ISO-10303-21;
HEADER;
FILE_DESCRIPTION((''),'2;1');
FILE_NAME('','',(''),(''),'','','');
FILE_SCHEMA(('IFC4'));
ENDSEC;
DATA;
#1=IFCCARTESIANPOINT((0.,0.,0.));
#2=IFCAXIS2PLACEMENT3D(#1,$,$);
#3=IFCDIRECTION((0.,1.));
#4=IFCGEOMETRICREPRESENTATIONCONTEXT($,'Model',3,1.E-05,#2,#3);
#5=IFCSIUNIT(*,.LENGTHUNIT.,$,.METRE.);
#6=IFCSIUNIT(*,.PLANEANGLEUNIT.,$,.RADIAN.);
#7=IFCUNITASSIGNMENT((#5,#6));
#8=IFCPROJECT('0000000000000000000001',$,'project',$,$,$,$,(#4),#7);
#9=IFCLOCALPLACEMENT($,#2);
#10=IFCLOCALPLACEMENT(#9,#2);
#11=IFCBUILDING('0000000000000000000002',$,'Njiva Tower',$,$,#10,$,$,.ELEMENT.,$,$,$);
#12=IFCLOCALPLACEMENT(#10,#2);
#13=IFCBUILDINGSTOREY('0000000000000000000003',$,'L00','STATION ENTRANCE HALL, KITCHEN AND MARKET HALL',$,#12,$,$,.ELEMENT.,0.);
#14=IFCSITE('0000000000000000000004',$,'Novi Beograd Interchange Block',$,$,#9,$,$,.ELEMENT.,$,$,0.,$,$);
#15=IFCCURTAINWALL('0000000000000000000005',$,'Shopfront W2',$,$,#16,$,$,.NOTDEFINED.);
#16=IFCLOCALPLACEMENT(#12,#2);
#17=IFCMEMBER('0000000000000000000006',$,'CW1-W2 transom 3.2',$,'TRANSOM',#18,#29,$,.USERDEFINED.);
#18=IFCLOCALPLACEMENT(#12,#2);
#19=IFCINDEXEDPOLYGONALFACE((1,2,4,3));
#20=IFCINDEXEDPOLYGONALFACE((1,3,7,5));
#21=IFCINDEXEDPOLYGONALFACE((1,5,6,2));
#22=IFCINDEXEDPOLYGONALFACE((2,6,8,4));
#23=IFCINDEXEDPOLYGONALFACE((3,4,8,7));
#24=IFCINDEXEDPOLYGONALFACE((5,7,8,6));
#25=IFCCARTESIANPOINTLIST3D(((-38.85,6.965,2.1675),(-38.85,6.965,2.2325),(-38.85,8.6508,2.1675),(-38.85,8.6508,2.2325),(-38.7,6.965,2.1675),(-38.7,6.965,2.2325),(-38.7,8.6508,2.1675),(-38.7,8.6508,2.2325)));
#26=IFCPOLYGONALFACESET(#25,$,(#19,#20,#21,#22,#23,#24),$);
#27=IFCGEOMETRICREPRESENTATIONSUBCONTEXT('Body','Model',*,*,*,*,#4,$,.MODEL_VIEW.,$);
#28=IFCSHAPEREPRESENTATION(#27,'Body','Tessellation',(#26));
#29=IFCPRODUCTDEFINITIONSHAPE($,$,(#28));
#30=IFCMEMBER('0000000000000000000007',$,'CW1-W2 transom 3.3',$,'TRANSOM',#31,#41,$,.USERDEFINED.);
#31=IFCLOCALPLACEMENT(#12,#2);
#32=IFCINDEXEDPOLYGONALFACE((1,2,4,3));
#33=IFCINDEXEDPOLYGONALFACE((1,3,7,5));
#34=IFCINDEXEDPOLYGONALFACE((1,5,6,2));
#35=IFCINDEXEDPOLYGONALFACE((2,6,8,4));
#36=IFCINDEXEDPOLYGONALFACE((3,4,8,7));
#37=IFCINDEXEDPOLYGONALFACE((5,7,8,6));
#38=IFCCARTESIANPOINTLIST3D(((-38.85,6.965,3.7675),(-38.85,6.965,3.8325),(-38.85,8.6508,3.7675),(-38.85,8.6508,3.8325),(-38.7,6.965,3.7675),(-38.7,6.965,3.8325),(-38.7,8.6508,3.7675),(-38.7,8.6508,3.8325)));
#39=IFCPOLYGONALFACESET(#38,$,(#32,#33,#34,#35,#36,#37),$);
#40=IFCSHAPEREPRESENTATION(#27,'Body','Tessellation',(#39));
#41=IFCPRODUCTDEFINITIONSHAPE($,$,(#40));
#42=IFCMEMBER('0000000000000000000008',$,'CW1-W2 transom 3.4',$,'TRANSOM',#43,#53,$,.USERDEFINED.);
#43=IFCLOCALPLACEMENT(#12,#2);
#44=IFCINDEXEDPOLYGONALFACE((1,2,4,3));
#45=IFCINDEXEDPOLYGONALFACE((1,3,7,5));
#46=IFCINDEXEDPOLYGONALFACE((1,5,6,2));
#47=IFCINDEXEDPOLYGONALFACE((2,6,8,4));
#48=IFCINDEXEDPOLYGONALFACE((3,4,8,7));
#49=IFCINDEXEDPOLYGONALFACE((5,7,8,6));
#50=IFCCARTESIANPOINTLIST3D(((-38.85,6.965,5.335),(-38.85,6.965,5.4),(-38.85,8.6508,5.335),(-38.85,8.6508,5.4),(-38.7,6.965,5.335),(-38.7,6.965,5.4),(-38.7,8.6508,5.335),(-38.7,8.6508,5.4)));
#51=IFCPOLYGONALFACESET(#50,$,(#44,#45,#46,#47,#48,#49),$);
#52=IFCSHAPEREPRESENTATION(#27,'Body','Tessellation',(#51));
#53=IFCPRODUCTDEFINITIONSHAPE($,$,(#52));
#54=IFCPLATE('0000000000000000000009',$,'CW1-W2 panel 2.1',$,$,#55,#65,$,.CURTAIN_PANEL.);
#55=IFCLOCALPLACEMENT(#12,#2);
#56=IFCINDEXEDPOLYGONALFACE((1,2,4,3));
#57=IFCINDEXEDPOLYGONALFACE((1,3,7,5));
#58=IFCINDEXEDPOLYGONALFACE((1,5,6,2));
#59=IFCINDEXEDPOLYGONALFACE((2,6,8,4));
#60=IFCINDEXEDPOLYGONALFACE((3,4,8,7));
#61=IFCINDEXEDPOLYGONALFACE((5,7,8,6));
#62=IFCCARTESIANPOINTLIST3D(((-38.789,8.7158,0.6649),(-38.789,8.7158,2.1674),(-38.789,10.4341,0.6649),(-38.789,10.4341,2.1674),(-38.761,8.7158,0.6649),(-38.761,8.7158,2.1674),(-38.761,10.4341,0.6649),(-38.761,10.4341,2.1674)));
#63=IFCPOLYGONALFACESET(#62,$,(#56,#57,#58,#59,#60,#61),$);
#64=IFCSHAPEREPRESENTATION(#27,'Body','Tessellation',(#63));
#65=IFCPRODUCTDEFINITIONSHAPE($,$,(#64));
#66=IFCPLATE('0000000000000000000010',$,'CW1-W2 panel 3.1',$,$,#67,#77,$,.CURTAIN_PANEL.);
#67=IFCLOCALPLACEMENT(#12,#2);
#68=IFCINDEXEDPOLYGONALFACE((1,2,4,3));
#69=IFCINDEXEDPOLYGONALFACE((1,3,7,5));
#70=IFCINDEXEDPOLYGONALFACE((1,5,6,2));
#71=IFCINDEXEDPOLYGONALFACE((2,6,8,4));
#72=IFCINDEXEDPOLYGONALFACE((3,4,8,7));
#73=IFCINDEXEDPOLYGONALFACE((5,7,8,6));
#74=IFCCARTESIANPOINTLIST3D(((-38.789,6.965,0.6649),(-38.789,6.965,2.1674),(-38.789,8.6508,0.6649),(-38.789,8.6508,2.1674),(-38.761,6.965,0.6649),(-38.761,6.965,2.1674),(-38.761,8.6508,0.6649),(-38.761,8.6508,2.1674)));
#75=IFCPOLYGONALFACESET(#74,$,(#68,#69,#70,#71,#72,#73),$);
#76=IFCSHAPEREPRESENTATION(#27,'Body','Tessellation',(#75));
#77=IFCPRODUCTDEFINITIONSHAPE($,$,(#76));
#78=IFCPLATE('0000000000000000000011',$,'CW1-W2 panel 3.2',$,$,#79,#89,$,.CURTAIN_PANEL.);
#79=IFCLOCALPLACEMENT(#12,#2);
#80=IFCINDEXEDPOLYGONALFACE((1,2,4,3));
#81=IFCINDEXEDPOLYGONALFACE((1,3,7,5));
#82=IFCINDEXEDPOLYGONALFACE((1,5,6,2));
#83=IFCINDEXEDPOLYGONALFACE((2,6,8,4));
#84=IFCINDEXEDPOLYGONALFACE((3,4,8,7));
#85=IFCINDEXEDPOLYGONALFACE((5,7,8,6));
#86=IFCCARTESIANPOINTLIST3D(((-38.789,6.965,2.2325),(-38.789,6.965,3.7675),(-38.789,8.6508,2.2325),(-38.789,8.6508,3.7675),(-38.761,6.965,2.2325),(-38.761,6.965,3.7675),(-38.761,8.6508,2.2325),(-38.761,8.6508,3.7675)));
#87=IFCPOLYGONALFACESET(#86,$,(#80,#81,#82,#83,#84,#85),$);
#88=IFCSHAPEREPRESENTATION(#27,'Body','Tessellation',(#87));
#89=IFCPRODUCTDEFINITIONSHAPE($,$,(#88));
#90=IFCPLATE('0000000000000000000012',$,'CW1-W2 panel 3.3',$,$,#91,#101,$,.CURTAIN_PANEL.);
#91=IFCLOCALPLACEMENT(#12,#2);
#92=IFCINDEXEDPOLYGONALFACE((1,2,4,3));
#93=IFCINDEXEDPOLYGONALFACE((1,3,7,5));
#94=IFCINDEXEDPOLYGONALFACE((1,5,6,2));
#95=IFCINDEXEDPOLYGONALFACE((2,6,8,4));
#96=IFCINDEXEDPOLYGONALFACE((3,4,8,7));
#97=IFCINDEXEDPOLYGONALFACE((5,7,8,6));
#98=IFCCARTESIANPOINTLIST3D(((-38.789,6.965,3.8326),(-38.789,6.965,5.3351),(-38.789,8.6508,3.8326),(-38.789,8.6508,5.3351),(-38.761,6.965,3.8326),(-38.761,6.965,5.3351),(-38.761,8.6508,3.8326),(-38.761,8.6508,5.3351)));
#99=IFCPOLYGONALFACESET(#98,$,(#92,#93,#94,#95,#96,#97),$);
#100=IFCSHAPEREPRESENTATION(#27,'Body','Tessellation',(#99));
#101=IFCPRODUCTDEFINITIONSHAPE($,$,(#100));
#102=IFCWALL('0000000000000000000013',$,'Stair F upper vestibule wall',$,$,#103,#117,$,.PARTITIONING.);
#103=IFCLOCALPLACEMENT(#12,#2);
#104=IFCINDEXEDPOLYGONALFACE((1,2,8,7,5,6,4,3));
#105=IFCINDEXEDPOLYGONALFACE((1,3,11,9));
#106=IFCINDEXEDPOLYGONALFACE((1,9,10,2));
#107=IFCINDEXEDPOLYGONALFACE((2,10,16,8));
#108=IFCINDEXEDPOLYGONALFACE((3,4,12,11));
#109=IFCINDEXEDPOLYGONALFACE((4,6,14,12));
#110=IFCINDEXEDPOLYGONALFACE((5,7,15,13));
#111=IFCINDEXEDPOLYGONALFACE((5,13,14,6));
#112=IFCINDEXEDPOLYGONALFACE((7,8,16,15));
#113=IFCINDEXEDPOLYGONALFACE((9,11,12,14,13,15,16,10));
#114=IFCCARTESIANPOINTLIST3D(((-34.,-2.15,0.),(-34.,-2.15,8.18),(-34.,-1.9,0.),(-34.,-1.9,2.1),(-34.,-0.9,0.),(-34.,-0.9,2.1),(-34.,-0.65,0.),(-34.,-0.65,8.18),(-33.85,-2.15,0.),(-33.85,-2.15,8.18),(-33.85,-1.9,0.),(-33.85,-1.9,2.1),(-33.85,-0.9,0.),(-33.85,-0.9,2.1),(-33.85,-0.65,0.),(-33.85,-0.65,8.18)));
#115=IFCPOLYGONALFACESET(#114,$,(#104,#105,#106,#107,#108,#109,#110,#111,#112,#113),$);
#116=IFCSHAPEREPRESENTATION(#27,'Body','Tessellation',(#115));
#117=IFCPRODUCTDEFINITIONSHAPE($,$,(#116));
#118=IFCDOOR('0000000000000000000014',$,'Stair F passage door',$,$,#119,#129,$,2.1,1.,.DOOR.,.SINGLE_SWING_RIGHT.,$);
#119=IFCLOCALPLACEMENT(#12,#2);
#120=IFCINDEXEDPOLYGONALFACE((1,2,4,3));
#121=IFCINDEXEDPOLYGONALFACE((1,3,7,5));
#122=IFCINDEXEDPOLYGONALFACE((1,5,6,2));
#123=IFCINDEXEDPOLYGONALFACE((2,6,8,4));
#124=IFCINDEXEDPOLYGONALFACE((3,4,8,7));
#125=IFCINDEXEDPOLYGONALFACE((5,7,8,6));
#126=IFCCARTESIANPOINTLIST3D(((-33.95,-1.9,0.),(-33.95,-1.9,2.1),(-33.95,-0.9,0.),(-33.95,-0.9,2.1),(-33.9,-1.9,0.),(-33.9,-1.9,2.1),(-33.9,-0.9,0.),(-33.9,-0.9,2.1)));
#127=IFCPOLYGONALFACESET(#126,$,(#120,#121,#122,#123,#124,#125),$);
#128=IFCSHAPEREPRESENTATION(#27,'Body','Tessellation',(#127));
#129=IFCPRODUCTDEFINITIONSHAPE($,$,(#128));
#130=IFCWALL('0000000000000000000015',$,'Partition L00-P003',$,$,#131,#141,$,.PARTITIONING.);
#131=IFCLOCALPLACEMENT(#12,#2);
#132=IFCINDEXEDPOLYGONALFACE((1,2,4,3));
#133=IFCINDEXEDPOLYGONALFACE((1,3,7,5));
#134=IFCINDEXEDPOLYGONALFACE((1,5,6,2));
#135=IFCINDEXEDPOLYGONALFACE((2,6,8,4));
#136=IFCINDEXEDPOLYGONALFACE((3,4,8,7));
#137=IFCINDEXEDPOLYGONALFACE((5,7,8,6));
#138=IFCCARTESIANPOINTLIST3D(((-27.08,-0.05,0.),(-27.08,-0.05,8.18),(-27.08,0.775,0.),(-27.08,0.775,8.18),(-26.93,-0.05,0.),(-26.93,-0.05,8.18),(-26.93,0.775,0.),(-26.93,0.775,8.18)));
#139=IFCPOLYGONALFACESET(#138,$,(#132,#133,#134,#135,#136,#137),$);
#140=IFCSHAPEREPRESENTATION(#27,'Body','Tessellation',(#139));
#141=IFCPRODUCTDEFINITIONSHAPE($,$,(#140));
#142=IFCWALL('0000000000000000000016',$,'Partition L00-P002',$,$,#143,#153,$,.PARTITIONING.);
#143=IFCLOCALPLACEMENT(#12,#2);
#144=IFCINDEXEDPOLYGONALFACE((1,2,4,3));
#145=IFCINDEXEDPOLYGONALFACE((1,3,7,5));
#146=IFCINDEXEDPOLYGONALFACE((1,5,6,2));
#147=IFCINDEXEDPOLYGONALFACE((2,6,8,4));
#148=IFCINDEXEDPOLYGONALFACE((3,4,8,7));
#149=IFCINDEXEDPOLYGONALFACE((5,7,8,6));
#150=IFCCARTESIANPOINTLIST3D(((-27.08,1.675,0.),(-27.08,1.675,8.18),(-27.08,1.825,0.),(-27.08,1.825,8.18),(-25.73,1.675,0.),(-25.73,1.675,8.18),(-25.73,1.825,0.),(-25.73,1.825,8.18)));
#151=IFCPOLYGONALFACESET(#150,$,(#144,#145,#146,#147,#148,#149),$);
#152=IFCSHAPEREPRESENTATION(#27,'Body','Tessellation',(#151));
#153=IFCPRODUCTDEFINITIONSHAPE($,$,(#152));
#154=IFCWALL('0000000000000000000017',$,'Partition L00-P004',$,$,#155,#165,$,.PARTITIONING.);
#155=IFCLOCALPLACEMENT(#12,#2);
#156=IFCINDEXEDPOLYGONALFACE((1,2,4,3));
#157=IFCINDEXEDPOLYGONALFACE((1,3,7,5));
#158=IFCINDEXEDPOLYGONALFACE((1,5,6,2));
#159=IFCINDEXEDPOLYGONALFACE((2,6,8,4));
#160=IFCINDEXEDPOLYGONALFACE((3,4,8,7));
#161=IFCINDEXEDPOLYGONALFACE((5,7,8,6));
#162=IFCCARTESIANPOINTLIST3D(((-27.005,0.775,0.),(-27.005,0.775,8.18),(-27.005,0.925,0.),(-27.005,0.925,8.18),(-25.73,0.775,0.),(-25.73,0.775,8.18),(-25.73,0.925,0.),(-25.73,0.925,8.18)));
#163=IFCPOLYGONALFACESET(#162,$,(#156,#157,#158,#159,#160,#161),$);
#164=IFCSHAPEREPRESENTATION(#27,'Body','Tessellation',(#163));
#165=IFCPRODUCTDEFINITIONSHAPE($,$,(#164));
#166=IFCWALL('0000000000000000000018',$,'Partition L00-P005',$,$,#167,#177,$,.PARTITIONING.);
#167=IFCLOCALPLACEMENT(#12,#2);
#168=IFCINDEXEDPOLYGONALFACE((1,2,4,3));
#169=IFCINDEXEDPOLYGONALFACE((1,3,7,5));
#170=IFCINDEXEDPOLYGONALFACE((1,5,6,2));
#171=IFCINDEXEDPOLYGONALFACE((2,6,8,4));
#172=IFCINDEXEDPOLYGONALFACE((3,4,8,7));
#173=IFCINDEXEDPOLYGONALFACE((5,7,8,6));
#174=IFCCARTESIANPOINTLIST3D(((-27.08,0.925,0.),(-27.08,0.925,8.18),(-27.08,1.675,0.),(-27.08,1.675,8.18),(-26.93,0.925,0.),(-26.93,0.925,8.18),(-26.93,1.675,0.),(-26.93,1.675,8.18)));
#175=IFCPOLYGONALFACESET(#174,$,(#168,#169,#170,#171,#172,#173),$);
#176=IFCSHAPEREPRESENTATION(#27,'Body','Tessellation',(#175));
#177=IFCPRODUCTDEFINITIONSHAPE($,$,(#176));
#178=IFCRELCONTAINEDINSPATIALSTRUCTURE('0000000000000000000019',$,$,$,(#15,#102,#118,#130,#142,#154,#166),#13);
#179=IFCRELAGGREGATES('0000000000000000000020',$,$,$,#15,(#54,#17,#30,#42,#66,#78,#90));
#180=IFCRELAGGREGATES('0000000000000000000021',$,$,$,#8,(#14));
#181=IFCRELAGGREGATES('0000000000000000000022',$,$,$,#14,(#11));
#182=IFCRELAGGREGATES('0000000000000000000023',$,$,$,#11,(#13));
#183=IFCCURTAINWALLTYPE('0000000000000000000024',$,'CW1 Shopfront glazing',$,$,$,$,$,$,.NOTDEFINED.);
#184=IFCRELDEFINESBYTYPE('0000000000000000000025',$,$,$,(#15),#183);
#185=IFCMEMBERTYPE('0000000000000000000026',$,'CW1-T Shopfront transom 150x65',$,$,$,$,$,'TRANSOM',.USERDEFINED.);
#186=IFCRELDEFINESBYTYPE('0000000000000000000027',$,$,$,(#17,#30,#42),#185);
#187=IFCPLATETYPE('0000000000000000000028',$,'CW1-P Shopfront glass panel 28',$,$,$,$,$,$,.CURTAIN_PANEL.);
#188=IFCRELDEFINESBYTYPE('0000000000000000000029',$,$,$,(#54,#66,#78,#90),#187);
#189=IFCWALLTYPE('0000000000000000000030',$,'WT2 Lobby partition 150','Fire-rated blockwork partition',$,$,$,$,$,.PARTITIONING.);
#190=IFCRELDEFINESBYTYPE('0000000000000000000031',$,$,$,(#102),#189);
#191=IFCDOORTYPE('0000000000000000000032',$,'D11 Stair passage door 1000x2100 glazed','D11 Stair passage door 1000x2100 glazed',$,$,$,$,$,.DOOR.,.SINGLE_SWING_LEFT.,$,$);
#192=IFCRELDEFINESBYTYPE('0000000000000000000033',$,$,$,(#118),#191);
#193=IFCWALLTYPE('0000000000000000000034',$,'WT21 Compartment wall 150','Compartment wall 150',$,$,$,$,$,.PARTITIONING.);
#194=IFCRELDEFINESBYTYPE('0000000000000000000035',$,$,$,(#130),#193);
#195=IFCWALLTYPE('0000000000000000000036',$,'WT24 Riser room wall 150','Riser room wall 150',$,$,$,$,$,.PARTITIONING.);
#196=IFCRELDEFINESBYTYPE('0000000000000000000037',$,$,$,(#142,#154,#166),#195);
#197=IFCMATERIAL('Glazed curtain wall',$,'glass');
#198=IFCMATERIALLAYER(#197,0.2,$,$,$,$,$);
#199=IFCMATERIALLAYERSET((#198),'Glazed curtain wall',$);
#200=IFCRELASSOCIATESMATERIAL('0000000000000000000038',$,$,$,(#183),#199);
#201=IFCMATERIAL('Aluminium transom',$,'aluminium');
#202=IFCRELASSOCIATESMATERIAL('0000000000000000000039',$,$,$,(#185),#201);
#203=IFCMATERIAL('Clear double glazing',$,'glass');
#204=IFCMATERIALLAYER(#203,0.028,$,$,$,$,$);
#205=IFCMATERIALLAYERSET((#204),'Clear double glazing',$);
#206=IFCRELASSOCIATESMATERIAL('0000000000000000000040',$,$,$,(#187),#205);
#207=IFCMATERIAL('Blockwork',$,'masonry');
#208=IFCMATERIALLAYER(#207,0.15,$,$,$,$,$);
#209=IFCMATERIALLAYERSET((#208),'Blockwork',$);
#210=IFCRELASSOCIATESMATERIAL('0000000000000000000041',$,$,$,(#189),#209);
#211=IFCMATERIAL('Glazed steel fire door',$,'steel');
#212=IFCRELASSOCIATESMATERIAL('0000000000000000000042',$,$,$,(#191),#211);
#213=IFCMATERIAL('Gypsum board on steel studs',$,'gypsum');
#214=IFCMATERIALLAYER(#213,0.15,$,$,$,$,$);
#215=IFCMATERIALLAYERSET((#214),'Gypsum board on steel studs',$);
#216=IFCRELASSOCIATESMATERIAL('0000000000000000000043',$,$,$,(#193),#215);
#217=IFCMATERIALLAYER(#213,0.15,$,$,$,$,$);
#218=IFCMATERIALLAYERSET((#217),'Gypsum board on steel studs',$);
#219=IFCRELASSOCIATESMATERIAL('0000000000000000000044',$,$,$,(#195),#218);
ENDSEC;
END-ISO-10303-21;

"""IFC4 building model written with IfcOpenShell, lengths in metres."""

from ifc_helpers import new_model, si_unit, direction, frame, frame_2d, origin, origin_2d, place, context, subcontext, project, spatial, rectangle, extrude, material, layer, layer_set, material_profile, profile_set, type_object, element, fill, aggregate, save


model = new_model("IFC4")

# Units and contexts
model_context = context("Model", 3, precision=1e-05, world=origin(), true_north=direction((0.0, 1.0)))
body_context = subcontext(model_context, "Body", "Model", "MODEL_VIEW")
ifc_project = project(units=[si_unit("LENGTHUNIT", "METRE"), si_unit("PLANEANGLEUNIT", "RADIAN")], contexts=[model_context])

# Site, building, storey
site_placement = place(None, origin())
site = spatial("IfcSite", under=ifc_project, at=site_placement, Name="Novi Beograd Interchange Block", CompositionType="ELEMENT", RefElevation=0.0)
building_placement = place(site_placement, origin())
building = spatial("IfcBuilding", under=site, at=building_placement, Name="Njiva Tower", CompositionType="ELEMENT")
storey_placement = place(building_placement, origin())
storey = spatial("IfcBuildingStorey", under=building, at=storey_placement, Name="L00", Description="STATION ENTRANCE HALL, KITCHEN AND MARKET HALL", CompositionType="ELEMENT", Elevation=0.0)

# Curtain wall, members, plates
ifc_material_1 = material(Name="Glazed curtain wall", Category="glass")
ifc_layer_1 = layer(ifc_material_1, 0.2)
ifc_layer_set_1 = layer_set([ifc_layer_1], Name="Glazed curtain wall")
curtain_wall_type = type_object("IfcCurtainWallType", Name="CW1 Shopfront glazing", PredefinedType="NOTDEFINED", material=ifc_layer_set_1)
curtain_wall_placement = place(storey_placement, origin())
curtain_wall = element("IfcCurtainWall", 1, at=curtain_wall_placement, inside=storey, type_object=curtain_wall_type, Name="Shopfront W2", PredefinedType="NOTDEFINED")
ifc_material_2 = material(Name="Aluminium transom", Category="aluminium")
ifc_material_profile_1 = material_profile(ifc_material_2, rectangle(XDim=0.15, YDim=0.065, at=origin_2d()), Name="RECT 150x65")
ifc_profile_set_1 = profile_set([ifc_material_profile_1], Name="Aluminium transom")
member_type_1 = type_object("IfcMemberType", Name="CW1-T Shopfront transom 150x65", ElementType="TRANSOM", PredefinedType="USERDEFINED", material=ifc_profile_set_1)
member_1_placement = place(storey_placement, frame((-38.775, 8.6508, 2.2), z_axis=(0.0, -1.0, 0.0), x_axis=(1.0, 0.0, 0.0)))
member_1 = element("IfcMember", 2, at=member_1_placement, type_object=member_type_1, Name="CW1-W2 transom 3.2", ObjectType="TRANSOM", PredefinedType="USERDEFINED", context=body_context, shape_type="SweptSolid", body=[
    extrude(rectangle(XDim=0.15, YDim=0.065, at=origin_2d()), origin(), (0.0, 0.0, 1.0), 1.6858),
])
member_2_placement = place(storey_placement, frame((-38.775, 8.6508, 3.8), z_axis=(0.0, -1.0, 0.0), x_axis=(1.0, 0.0, 0.0)))
member_2 = element("IfcMember", 3, at=member_2_placement, type_object=member_type_1, Name="CW1-W2 transom 3.3", ObjectType="TRANSOM", PredefinedType="USERDEFINED", context=body_context, shape_type="SweptSolid", body=[
    extrude(rectangle(XDim=0.15, YDim=0.065, at=origin_2d()), origin(), (0.0, 0.0, 1.0), 1.6858),
])
member_3_placement = place(storey_placement, frame((-38.775, 8.6508, 5.3675), z_axis=(0.0, -1.0, 0.0), x_axis=(1.0, 0.0, 0.0)))
member_3 = element("IfcMember", 4, at=member_3_placement, type_object=member_type_1, Name="CW1-W2 transom 3.4", ObjectType="TRANSOM", PredefinedType="USERDEFINED", context=body_context, shape_type="SweptSolid", body=[
    extrude(rectangle(XDim=0.15, YDim=0.065, at=origin_2d()), origin(), (0.0, 0.0, 1.0), 1.6858),
])
ifc_material_3 = material(Name="Clear double glazing", Category="glass")
ifc_layer_2 = layer(ifc_material_3, 0.028)
ifc_layer_set_2 = layer_set([ifc_layer_2], Name="Clear double glazing")
plate_type = type_object("IfcPlateType", Name="CW1-P Shopfront glass panel 28", PredefinedType="CURTAIN_PANEL", material=ifc_layer_set_2)
plate_1_placement = place(storey_placement, frame((-38.775, 9.575, 0.6649), z_axis=(0.0, 0.0, 1.0), x_axis=(0.0, -1.0, 0.0)))
plate_1 = element("IfcPlate", 5, at=plate_1_placement, type_object=plate_type, Name="CW1-W2 panel 2.1", PredefinedType="CURTAIN_PANEL", context=body_context, shape_type="SweptSolid", body=[
    extrude(rectangle(XDim=1.7183, YDim=0.028, at=origin_2d()), origin(), (0.0, 0.0, 1.0), 1.5025),
])
plate_2_placement = place(storey_placement, frame((-38.775, 7.8079, 0.6649), z_axis=(0.0, 0.0, 1.0), x_axis=(0.0, -1.0, 0.0)))
plate_2 = element("IfcPlate", 6, at=plate_2_placement, type_object=plate_type, Name="CW1-W2 panel 3.1", PredefinedType="CURTAIN_PANEL", context=body_context, shape_type="SweptSolid", body=[
    extrude(rectangle(XDim=1.6858, YDim=0.028, at=origin_2d()), origin(), (0.0, 0.0, 1.0), 1.5025),
])
plate_3_placement = place(storey_placement, frame((-38.775, 7.8079, 2.2325), z_axis=(0.0, 0.0, 1.0), x_axis=(0.0, -1.0, 0.0)))
plate_3 = element("IfcPlate", 7, at=plate_3_placement, type_object=plate_type, Name="CW1-W2 panel 3.2", PredefinedType="CURTAIN_PANEL", context=body_context, shape_type="SweptSolid", body=[
    extrude(rectangle(XDim=1.6858, YDim=0.028, at=origin_2d()), origin(), (0.0, 0.0, 1.0), 1.535),
])
plate_4_placement = place(storey_placement, frame((-38.775, 7.8079, 3.8326), z_axis=(0.0, 0.0, 1.0), x_axis=(0.0, -1.0, 0.0)))
plate_4 = element("IfcPlate", 8, at=plate_4_placement, type_object=plate_type, Name="CW1-W2 panel 3.3", PredefinedType="CURTAIN_PANEL", context=body_context, shape_type="SweptSolid", body=[
    extrude(rectangle(XDim=1.6858, YDim=0.028, at=origin_2d()), origin(), (0.0, 0.0, 1.0), 1.5025),
])
aggregate(curtain_wall, [plate_1, member_1, member_2, member_3, plate_2, plate_3, plate_4])

# Wall, opening, door
ifc_material_4 = material(Name="Blockwork", Category="masonry")
ifc_layer_3 = layer(ifc_material_4, 0.15)
ifc_layer_set_3 = layer_set([ifc_layer_3], Name="Blockwork")
wall_type_1 = type_object("IfcWallType", Name="WT2 Lobby partition 150", Description="Fire-rated blockwork partition", PredefinedType="PARTITIONING", material=ifc_layer_set_3)
wall_1_placement = place(storey_placement, frame((-33.925, -2.15, 0.0), z_axis=(0.0, 0.0, 1.0), x_axis=(0.0, 1.0, 0.0)))
wall_1 = element("IfcWall", 9, at=wall_1_placement, inside=storey, type_object=wall_type_1, Name="Stair F upper vestibule wall", PredefinedType="PARTITIONING", context=body_context, shape_type="SweptSolid", body=[
    extrude(rectangle(XDim=1.5, YDim=0.15, at=frame_2d((0.75, 0.0))), origin(), (0.0, 0.0, 1.0), 8.18),
])
opening_1_placement = place(wall_1_placement, frame((0.25, 0.0, 0.0)))
opening_1 = element("IfcOpeningElement", 10, at=opening_1_placement, cuts=wall_1, PredefinedType="OPENING", context=body_context, shape_type="SweptSolid", body=[
    extrude(rectangle(XDim=1.0, YDim=2.1, at=frame_2d((0.5, 1.05))), frame((0.0, 0.085, 0.0), z_axis=(0.0, -1.0, 0.0), x_axis=(1.0, 0.0, 0.0)), (0.0, 0.0, 1.0), 0.17),
])
ifc_material_5 = material(Name="Glazed steel fire door", Category="steel")
door_type_1 = type_object("IfcDoorType", Name="D11 Stair passage door 1000x2100 glazed", Description="D11 Stair passage door 1000x2100 glazed", OperationType="SINGLE_SWING_LEFT", PredefinedType="DOOR", material=ifc_material_5)
door_1_placement = place(opening_1_placement, origin())
door_1 = element("IfcDoor", 11, at=door_1_placement, inside=storey, type_object=door_type_1, Name="Stair F passage door", OperationType="SINGLE_SWING_RIGHT", OverallHeight=2.1, OverallWidth=1.0, PredefinedType="DOOR", context=body_context, shape_type="SweptSolid", body=[
    extrude(rectangle(XDim=1.0, YDim=2.1, at=frame_2d((0.5, 1.05))), frame((0.0, 0.025, 0.0), z_axis=(0.0, -1.0, 0.0), x_axis=(1.0, 0.0, 0.0)), (0.0, 0.0, 1.0), 0.05),
])
fill(opening_1, door_1)

# Walls
ifc_material_6 = material(Name="Gypsum board on steel studs", Category="gypsum")
ifc_layer_4 = layer(ifc_material_6, 0.15)
ifc_layer_set_4 = layer_set([ifc_layer_4], Name="Gypsum board on steel studs")
wall_type_2 = type_object("IfcWallType", Name="WT21 Compartment wall 150", Description="Compartment wall 150", PredefinedType="PARTITIONING", material=ifc_layer_set_4)
wall_2_placement = place(storey_placement, frame((-27.005, -0.05, 0.0), z_axis=(0.0, 0.0, 1.0), x_axis=(0.0, 1.0, 0.0)))
element("IfcWall", 12, at=wall_2_placement, inside=storey, type_object=wall_type_2, Name="Partition L00-P003", PredefinedType="PARTITIONING", context=body_context, shape_type="SweptSolid", body=[
    extrude(rectangle(XDim=0.825, YDim=0.15, at=frame_2d((0.4125, 0.0))), origin(), (0.0, 0.0, 1.0), 8.18),
])
ifc_layer_5 = layer(ifc_material_6, 0.15)
ifc_layer_set_5 = layer_set([ifc_layer_5], Name="Gypsum board on steel studs")
wall_type_3 = type_object("IfcWallType", Name="WT24 Riser room wall 150", Description="Riser room wall 150", PredefinedType="PARTITIONING", material=ifc_layer_set_5)
wall_3_placement = place(storey_placement, frame((-27.08, 1.75, 0.0), z_axis=(0.0, 0.0, 1.0), x_axis=(1.0, 0.0, 0.0)))
element("IfcWall", 13, at=wall_3_placement, inside=storey, type_object=wall_type_3, Name="Partition L00-P002", PredefinedType="PARTITIONING", context=body_context, shape_type="SweptSolid", body=[
    extrude(rectangle(XDim=1.35, YDim=0.15, at=frame_2d((0.675, 0.0))), origin(), (0.0, 0.0, 1.0), 8.18),
])
wall_4_placement = place(storey_placement, frame((-27.005, 0.85, 0.0), z_axis=(0.0, 0.0, 1.0), x_axis=(1.0, 0.0, 0.0)))
element("IfcWall", 14, at=wall_4_placement, inside=storey, type_object=wall_type_3, Name="Partition L00-P004", PredefinedType="PARTITIONING", context=body_context, shape_type="SweptSolid", body=[
    extrude(rectangle(XDim=1.275, YDim=0.15, at=frame_2d((0.6375, 0.0))), origin(), (0.0, 0.0, 1.0), 8.18),
])
wall_5_placement = place(storey_placement, frame((-27.005, 0.925, 0.0), z_axis=(0.0, 0.0, 1.0), x_axis=(0.0, 1.0, 0.0)))
element("IfcWall", 15, at=wall_5_placement, inside=storey, type_object=wall_type_3, Name="Partition L00-P005", PredefinedType="PARTITIONING", context=body_context, shape_type="SweptSolid", body=[
    extrude(rectangle(XDim=0.75, YDim=0.15, at=frame_2d((0.375, 0.0))), origin(), (0.0, 0.0, 1.0), 8.18),
])

save(model, "model.ifc")
